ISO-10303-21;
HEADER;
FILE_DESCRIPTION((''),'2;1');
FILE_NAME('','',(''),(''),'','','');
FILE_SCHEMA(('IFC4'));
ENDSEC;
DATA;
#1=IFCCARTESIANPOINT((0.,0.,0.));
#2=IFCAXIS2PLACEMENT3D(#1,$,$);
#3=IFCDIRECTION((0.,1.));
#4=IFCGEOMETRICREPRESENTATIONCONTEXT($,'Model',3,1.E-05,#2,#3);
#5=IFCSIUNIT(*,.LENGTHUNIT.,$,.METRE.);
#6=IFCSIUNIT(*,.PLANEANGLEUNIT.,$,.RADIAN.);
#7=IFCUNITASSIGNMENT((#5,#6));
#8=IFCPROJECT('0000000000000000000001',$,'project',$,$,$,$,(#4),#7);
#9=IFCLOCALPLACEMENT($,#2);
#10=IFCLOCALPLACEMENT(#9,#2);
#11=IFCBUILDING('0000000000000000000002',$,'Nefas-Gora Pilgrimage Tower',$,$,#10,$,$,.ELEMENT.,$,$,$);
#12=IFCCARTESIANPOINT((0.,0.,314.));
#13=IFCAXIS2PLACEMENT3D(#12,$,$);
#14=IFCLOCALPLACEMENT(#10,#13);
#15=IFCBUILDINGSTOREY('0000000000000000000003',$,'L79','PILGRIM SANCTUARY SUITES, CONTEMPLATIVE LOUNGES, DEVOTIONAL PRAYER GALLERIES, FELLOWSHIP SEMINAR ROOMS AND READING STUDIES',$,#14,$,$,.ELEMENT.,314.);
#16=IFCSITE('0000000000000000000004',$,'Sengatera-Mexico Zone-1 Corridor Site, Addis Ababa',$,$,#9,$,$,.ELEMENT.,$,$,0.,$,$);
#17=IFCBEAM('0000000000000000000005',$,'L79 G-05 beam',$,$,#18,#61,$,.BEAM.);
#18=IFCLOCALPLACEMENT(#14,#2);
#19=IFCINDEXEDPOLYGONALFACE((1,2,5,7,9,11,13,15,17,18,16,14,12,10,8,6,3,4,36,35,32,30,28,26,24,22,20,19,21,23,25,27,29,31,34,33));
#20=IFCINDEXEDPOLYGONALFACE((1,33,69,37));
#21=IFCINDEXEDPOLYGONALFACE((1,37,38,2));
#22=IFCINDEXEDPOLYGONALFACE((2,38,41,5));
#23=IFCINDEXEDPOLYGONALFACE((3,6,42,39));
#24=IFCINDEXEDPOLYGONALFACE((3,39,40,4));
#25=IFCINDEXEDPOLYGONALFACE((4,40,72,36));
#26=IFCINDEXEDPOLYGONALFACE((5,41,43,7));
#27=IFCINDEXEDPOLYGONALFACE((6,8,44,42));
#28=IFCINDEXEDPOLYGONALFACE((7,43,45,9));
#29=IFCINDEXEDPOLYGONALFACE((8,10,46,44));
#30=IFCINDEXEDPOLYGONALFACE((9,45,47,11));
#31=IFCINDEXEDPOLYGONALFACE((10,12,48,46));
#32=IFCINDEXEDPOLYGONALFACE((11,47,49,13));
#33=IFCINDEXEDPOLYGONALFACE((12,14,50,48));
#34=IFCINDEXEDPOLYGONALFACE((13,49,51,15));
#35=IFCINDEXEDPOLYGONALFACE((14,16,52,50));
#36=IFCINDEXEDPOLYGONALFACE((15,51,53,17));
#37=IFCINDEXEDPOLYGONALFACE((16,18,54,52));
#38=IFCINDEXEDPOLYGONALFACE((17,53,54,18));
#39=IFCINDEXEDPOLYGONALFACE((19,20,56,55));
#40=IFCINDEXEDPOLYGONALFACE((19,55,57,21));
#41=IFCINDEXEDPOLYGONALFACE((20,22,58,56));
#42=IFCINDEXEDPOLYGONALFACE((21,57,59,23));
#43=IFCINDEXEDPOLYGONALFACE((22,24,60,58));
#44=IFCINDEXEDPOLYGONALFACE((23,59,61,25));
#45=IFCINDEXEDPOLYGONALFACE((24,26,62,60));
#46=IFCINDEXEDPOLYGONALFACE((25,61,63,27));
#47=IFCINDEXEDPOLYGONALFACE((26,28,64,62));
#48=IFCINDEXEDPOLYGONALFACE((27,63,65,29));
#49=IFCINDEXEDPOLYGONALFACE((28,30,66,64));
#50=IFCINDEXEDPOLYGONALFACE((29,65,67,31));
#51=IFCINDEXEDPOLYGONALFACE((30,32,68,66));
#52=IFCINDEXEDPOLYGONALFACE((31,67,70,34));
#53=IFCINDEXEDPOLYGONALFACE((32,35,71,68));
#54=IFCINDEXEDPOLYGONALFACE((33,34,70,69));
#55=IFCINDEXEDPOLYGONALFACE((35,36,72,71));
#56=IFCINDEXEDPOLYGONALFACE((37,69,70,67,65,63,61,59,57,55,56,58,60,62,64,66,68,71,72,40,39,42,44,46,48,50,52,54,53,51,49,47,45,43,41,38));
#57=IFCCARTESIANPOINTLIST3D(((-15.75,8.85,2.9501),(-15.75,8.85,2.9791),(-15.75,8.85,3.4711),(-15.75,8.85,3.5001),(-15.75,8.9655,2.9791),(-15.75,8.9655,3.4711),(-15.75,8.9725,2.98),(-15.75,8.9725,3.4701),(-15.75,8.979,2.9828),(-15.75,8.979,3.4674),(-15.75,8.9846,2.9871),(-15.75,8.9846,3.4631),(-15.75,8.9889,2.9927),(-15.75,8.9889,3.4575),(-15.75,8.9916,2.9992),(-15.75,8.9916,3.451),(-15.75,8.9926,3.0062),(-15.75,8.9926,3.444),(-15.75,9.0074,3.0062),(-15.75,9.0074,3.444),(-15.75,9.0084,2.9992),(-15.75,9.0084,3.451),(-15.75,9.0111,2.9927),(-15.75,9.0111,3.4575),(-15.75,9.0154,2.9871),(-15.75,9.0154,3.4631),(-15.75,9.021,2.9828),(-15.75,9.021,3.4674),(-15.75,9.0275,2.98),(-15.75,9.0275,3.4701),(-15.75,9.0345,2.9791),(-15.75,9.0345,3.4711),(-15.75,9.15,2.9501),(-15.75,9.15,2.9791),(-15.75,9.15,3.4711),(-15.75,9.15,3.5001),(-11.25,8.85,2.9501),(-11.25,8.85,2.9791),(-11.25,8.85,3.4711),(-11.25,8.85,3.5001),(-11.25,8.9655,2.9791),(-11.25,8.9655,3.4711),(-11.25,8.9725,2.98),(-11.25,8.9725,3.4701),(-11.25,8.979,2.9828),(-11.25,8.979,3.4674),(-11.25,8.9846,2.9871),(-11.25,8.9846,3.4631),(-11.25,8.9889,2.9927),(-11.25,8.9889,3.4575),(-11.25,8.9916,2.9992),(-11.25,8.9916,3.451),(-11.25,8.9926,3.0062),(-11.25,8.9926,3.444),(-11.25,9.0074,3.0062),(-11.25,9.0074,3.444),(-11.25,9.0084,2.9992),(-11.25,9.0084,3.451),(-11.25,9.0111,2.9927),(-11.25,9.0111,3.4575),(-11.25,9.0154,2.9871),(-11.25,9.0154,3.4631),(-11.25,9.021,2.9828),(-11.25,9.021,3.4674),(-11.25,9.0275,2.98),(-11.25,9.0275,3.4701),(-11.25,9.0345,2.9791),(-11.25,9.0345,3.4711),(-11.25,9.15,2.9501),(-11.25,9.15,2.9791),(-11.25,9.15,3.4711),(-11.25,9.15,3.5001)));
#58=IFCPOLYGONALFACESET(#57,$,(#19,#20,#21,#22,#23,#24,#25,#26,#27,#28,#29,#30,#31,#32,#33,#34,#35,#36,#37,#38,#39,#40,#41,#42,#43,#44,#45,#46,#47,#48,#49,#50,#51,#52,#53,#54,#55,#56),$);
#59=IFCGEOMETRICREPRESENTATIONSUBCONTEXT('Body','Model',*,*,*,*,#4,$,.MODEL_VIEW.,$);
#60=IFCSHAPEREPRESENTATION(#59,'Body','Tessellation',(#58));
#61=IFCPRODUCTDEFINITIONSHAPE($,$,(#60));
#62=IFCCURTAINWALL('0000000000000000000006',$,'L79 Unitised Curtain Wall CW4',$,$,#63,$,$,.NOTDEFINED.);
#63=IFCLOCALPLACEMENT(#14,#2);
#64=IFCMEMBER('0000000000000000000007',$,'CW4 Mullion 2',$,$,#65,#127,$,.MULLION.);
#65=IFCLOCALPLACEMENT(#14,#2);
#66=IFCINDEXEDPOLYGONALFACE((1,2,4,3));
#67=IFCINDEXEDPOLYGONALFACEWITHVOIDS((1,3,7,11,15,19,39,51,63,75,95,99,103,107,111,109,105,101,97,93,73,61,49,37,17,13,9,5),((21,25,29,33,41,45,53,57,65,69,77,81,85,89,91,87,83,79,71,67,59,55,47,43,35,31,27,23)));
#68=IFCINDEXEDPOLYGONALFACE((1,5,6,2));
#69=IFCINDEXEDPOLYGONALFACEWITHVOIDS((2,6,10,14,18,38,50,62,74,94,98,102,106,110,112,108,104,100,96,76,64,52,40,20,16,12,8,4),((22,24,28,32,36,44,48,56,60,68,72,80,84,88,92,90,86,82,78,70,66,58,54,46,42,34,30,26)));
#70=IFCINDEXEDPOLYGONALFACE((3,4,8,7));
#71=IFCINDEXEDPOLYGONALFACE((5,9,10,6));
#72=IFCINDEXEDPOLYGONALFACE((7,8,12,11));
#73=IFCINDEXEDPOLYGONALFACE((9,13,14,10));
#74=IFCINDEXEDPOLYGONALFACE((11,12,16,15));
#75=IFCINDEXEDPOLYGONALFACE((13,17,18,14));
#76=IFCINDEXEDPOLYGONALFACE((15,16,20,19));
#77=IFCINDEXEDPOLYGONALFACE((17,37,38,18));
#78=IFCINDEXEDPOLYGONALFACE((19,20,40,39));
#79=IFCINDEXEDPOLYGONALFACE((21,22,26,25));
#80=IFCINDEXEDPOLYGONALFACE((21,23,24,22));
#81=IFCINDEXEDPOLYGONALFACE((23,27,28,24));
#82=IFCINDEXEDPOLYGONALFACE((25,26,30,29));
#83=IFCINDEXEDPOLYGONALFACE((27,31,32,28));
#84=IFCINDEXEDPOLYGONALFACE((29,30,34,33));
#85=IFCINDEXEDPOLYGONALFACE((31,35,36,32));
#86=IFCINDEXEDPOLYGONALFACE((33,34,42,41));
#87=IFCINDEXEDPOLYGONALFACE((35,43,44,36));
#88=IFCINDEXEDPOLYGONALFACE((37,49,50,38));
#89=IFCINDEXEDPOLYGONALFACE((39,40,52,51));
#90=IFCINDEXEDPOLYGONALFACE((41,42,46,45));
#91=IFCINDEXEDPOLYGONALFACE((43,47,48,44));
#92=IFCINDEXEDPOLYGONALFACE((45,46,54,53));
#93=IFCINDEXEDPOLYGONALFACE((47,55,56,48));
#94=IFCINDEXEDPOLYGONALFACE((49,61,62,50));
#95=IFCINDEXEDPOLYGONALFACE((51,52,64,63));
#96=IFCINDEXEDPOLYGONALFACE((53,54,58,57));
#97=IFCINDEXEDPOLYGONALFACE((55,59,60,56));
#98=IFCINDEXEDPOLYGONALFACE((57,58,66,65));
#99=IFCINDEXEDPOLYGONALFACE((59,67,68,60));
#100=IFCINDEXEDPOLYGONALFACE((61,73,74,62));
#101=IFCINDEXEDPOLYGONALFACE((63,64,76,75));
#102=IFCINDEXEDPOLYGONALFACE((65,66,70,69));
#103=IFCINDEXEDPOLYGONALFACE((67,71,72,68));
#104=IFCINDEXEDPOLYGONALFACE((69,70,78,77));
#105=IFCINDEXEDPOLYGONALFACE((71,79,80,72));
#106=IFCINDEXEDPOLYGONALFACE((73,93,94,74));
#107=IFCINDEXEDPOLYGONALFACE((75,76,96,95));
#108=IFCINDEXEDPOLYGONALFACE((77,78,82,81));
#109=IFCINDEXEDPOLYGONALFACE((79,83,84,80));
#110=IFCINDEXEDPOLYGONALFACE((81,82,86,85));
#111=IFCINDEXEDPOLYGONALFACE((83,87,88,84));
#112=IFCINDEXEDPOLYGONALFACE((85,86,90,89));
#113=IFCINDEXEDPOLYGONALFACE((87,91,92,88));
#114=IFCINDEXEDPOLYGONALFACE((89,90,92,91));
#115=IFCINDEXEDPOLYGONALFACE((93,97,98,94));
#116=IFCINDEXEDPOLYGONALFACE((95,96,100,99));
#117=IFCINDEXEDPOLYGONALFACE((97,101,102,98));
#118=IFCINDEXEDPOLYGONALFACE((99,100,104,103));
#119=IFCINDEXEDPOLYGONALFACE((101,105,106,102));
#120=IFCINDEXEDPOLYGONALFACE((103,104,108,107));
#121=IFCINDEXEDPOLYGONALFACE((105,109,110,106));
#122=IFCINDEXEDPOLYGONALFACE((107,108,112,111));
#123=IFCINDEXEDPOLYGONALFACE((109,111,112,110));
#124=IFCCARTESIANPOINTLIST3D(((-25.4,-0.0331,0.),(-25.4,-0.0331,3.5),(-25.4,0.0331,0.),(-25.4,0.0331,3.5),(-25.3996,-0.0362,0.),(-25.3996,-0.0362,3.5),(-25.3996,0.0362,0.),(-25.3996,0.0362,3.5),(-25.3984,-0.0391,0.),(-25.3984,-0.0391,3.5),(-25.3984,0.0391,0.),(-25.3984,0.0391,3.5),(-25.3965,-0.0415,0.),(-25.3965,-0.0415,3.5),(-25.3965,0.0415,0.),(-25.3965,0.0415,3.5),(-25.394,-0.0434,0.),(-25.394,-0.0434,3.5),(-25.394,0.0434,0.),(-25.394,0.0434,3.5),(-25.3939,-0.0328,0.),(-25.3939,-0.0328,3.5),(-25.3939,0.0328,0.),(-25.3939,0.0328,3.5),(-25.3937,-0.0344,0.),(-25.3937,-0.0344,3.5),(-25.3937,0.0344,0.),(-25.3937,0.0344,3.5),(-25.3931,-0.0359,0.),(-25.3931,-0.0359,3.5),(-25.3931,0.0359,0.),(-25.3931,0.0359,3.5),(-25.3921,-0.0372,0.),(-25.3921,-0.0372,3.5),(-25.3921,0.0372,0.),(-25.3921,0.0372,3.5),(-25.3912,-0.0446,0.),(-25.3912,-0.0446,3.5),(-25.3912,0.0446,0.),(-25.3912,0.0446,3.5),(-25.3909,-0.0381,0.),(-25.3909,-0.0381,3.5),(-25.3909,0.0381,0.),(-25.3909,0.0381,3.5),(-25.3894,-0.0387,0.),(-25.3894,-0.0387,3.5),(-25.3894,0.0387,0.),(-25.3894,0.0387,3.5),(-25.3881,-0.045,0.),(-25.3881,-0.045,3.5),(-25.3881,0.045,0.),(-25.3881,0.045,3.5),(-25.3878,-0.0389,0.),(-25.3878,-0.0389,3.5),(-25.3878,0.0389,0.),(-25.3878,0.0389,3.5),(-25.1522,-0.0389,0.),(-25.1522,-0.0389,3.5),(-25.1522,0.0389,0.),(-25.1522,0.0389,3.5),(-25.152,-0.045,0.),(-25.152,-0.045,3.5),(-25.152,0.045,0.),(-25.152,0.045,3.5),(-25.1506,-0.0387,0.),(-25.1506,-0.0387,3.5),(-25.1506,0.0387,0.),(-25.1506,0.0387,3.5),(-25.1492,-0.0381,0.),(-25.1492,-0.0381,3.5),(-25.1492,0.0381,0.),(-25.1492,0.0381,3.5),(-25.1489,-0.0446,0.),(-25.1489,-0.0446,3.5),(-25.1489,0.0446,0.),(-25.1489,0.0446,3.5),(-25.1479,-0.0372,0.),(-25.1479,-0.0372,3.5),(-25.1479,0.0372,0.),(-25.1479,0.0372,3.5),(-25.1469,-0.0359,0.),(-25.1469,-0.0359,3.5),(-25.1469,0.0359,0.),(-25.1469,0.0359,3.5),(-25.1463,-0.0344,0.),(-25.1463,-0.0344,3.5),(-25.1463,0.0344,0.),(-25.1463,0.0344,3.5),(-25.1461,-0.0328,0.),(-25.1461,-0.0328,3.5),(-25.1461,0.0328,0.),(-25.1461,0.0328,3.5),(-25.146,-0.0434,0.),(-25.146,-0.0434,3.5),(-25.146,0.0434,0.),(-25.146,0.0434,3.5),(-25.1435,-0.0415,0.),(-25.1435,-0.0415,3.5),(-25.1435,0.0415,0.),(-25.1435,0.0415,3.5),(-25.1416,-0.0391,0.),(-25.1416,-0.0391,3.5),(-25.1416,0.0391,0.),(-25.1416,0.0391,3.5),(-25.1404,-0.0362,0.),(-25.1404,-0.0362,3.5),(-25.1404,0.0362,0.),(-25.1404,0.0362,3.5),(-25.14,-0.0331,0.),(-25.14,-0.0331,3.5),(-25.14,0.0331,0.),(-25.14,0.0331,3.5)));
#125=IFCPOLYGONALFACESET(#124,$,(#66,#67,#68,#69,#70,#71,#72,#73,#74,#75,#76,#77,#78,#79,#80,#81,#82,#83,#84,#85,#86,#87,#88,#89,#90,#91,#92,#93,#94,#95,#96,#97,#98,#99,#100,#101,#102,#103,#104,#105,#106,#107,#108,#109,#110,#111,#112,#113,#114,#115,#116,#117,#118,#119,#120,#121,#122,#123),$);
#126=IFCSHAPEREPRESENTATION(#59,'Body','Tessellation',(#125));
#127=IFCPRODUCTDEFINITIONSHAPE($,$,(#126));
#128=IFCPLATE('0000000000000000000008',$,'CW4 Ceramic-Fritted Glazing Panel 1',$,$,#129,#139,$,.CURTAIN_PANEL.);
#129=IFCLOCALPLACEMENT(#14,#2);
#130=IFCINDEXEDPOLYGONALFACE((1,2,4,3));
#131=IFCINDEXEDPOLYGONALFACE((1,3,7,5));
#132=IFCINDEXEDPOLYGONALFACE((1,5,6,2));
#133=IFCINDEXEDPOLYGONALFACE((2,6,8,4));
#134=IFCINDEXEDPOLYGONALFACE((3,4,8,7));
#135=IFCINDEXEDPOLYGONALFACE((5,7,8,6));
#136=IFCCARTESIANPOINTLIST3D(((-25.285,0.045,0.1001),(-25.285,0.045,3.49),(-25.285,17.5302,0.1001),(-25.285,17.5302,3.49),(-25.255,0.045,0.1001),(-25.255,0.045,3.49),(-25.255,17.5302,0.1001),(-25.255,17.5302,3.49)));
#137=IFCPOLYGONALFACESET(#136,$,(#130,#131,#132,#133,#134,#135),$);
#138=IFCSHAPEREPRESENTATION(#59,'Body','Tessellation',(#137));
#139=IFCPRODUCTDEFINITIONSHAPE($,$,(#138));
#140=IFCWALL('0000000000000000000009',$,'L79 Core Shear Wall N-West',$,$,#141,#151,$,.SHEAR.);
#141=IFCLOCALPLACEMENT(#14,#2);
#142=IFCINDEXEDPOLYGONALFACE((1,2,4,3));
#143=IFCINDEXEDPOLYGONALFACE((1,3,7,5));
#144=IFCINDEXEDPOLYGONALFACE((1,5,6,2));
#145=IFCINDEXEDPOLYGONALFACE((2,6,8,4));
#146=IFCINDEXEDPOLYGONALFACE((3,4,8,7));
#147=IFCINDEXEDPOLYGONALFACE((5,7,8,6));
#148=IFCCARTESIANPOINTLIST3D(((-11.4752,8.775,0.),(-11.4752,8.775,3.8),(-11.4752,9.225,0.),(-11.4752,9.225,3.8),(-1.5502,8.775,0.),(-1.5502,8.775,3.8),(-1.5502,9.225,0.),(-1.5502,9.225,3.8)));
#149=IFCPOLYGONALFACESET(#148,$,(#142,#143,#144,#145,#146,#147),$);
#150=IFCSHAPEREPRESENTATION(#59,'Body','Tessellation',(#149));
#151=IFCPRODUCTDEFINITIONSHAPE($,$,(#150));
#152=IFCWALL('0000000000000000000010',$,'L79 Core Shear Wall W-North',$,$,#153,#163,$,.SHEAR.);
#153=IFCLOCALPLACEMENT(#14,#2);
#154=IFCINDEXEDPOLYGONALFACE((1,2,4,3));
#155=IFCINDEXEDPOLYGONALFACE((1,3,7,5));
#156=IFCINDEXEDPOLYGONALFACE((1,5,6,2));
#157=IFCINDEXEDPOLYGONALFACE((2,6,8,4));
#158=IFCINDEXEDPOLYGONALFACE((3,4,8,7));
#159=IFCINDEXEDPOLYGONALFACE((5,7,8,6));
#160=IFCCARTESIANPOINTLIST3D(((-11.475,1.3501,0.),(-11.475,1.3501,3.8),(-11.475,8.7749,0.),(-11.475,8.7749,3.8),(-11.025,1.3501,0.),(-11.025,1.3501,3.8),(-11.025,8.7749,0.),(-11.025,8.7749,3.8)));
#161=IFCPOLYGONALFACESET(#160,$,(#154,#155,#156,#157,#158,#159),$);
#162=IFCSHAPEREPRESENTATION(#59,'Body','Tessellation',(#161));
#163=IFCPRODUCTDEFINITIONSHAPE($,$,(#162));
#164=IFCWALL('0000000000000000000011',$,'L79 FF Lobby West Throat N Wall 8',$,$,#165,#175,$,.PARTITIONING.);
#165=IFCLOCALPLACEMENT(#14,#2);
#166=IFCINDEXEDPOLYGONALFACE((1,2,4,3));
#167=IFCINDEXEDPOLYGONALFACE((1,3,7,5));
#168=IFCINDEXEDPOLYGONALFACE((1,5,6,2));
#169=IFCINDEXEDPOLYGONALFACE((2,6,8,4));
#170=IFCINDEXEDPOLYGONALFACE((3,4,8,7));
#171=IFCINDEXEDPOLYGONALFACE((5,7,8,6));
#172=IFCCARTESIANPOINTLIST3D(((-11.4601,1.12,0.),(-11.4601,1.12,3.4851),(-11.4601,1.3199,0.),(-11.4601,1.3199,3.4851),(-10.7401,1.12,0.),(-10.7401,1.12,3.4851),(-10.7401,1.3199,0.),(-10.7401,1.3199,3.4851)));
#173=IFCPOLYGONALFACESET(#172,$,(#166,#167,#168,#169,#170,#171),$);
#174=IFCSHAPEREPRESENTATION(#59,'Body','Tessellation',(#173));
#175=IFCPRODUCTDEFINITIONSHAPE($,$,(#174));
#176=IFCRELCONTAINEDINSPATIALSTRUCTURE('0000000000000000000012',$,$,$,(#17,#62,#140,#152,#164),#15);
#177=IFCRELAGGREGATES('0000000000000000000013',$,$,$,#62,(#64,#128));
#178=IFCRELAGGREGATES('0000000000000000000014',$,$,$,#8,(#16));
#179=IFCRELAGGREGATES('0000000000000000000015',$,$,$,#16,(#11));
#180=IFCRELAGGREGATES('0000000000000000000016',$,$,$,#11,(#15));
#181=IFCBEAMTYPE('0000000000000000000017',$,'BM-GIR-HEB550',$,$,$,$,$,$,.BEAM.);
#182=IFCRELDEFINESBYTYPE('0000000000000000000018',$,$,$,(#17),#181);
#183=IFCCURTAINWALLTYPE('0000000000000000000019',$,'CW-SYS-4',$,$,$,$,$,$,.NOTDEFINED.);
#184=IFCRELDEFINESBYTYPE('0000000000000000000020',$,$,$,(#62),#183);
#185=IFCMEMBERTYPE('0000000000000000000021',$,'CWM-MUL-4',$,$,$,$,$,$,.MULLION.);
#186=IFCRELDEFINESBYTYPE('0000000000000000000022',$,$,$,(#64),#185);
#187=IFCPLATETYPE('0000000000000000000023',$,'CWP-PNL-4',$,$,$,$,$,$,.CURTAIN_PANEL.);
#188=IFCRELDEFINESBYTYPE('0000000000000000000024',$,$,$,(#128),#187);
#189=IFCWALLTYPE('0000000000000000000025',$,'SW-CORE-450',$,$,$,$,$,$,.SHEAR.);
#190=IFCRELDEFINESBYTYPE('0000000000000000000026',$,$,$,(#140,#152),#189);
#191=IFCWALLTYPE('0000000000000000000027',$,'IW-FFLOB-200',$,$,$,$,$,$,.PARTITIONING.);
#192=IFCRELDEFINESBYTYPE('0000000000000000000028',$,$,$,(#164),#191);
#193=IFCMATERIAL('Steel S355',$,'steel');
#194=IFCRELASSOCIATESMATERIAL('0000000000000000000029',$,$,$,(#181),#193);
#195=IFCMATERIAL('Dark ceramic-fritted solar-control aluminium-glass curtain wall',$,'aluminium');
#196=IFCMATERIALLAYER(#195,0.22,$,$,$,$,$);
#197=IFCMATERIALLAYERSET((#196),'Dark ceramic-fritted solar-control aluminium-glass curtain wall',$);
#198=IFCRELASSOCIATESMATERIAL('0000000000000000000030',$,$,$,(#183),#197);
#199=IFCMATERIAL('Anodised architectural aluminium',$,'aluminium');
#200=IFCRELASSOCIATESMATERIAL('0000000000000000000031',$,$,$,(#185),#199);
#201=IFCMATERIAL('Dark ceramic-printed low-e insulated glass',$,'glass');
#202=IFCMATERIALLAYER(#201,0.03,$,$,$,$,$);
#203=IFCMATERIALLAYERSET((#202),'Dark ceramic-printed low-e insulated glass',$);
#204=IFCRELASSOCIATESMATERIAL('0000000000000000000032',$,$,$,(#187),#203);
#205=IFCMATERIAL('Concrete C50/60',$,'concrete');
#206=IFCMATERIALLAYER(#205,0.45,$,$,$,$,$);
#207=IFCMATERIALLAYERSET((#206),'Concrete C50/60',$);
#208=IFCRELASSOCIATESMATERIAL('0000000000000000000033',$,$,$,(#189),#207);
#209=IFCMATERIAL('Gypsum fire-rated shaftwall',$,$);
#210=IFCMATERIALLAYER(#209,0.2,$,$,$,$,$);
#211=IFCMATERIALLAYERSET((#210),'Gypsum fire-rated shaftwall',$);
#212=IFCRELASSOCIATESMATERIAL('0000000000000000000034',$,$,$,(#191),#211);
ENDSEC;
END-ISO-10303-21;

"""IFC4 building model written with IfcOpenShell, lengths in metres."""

from ifc_helpers import new_model, si_unit, direction, frame, frame_2d, origin, origin_2d, place, context, subcontext, project, spatial, rectangle, hollow_rectangle, i_section, extrude, source, transform, mapped, material, layer, layer_set, material_profile, profile_set, type_object, element, aggregate, save


model = new_model("IFC4")

# Units and contexts
model_context = context("Model", 3, precision=1e-05, world=origin(), true_north=direction((0.0, 1.0)))
body_context = subcontext(model_context, "Body", "Model", "MODEL_VIEW")
ifc_project = project(units=[si_unit("LENGTHUNIT", "METRE"), si_unit("PLANEANGLEUNIT", "RADIAN")], contexts=[model_context])

# Site, building, storey
site_placement = place(None, origin())
site = spatial("IfcSite", under=ifc_project, at=site_placement, Name="Sengatera-Mexico Zone-1 Corridor Site, Addis Ababa", CompositionType="ELEMENT", RefElevation=0.0)
building_placement = place(site_placement, origin())
building = spatial("IfcBuilding", under=site, at=building_placement, Name="Nefas-Gora Pilgrimage Tower", CompositionType="ELEMENT")
storey_placement = place(building_placement, frame((0.0, 0.0, 314.0)))
storey = spatial("IfcBuildingStorey", under=building, at=storey_placement, Name="L79", Description="PILGRIM SANCTUARY SUITES, CONTEMPLATIVE LOUNGES, DEVOTIONAL PRAYER GALLERIES, FELLOWSHIP SEMINAR ROOMS AND READING STUDIES", CompositionType="ELEMENT", Elevation=314.0)

# Shared definitions
ifc_material_1 = material(Name="Steel S355", Category="steel")

# Beam
ifc_material_profile_1 = material_profile(ifc_material_1, i_section(OverallWidth=0.3, OverallDepth=0.55, WebThickness=0.0149, FlangeThickness=0.0291, FilletRadius=0.0271, at=origin_2d()), Name="HEB 550")
ifc_profile_set_1 = profile_set([ifc_material_profile_1], Name="Steel S355")
beam_type_1 = type_object("IfcBeamType", Name="BM-GIR-HEB550", PredefinedType="BEAM", material=ifc_profile_set_1)
shared_shape_1 = source(origin(), body_context, "Body", "SweptSolid", [
    extrude(i_section(OverallWidth=0.3, OverallDepth=0.55, WebThickness=0.0149, FlangeThickness=0.0291, FilletRadius=0.0271, at=origin_2d()), origin(), (0.0, 0.0, 1.0), 4.5),
])
for number, where, z_axis, x_axis, name in (
    (1, (-15.75, 9.0, 3.2251), (1.0, 0.0, 0.0), (0.0, 1.0, 0.0), "L79 G-05 beam"),
):
    element("IfcBeam", number, at=place(storey_placement, frame(where, z_axis=z_axis, x_axis=x_axis)), inside=storey, type_object=beam_type_1, Name=name, PredefinedType="BEAM", context=body_context, shape_type="MappedRepresentation", body=[
        mapped(shared_shape_1, transform((0.0, 0.0, 0.0), x_axis=(1.0, 0.0, 0.0), y_axis=(0.0, 1.0, 0.0), z_axis=(0.0, 0.0, 1.0), scale=1.0)),
    ])

# Curtain wall, member, plate
ifc_material_2 = material(Name="Dark ceramic-fritted solar-control aluminium-glass curtain wall", Category="aluminium")
ifc_layer_1 = layer(ifc_material_2, 0.22)
ifc_layer_set_1 = layer_set([ifc_layer_1], Name="Dark ceramic-fritted solar-control aluminium-glass curtain wall")
curtain_wall_type = type_object("IfcCurtainWallType", Name="CW-SYS-4", PredefinedType="NOTDEFINED", material=ifc_layer_set_1)
curtain_wall_placement = place(storey_placement, origin())
curtain_wall = element("IfcCurtainWall", 2, at=curtain_wall_placement, inside=storey, type_object=curtain_wall_type, Name="L79 Unitised Curtain Wall CW4", PredefinedType="NOTDEFINED")
ifc_material_3 = material(Name="Anodised architectural aluminium", Category="aluminium")
ifc_material_profile_2 = material_profile(ifc_material_3, hollow_rectangle(XDim=0.0901, YDim=0.26, WallThickness=0.0061, InnerFilletRadius=0.0061, OuterFilletRadius=0.012, at=origin_2d()), Name="ALU MULLION 90x260")
ifc_profile_set_2 = profile_set([ifc_material_profile_2], Name="Anodised architectural aluminium")
member_type = type_object("IfcMemberType", Name="CWM-MUL-4", PredefinedType="MULLION", material=ifc_profile_set_2)
shared_shape_2 = source(origin(), body_context, "Body", "SweptSolid", [
    extrude(hollow_rectangle(XDim=0.0901, YDim=0.26, WallThickness=0.0061, InnerFilletRadius=0.0061, OuterFilletRadius=0.012, at=origin_2d()), origin(), (0.0, 0.0, 1.0), 3.5),
])
member_placement = place(storey_placement, frame((-25.27, 0.0, 0.0), z_axis=(0.0, 0.0, 1.0), x_axis=(0.0, -1.0, 0.0)))
member = element("IfcMember", 3, at=member_placement, type_object=member_type, Name="CW4 Mullion 2", PredefinedType="MULLION", context=body_context, shape_type="MappedRepresentation", body=[
    mapped(shared_shape_2, transform((0.0, 0.0, 0.0), x_axis=(1.0, 0.0, 0.0), y_axis=(0.0, 1.0, 0.0), z_axis=(0.0, 0.0, 1.0), scale=1.0)),
])
ifc_material_4 = material(Name="Dark ceramic-printed low-e insulated glass", Category="glass")
ifc_layer_2 = layer(ifc_material_4, 0.03)
ifc_layer_set_2 = layer_set([ifc_layer_2], Name="Dark ceramic-printed low-e insulated glass")
plate_type = type_object("IfcPlateType", Name="CWP-PNL-4", PredefinedType="CURTAIN_PANEL", material=ifc_layer_set_2)
shared_shape_3 = source(origin(), body_context, "Body", "SweptSolid", [
    extrude(rectangle(XDim=17.4851, YDim=0.03, at=origin_2d()), origin(), (0.0, 0.0, 1.0), 3.3899),
])
plate_placement = place(storey_placement, frame((-25.27, 8.7876, 0.1001), z_axis=(0.0, 0.0, 1.0), x_axis=(0.0, -1.0, 0.0)))
plate = element("IfcPlate", 4, at=plate_placement, type_object=plate_type, Name="CW4 Ceramic-Fritted Glazing Panel 1", PredefinedType="CURTAIN_PANEL", context=body_context, shape_type="MappedRepresentation", body=[
    mapped(shared_shape_3, transform((0.0, 0.0, 0.0), x_axis=(1.0, 0.0, 0.0), y_axis=(0.0, 1.0, 0.0), z_axis=(0.0, 0.0, 1.0), scale=1.0)),
])
aggregate(curtain_wall, [member, plate])

# Walls
ifc_material_5 = material(Name="Concrete C50/60", Category="concrete")
ifc_layer_3 = layer(ifc_material_5, 0.45)
ifc_layer_set_3 = layer_set([ifc_layer_3], Name="Concrete C50/60")
wall_type_1 = type_object("IfcWallType", Name="SW-CORE-450", PredefinedType="SHEAR", material=ifc_layer_set_3)
shared_shape_4 = source(origin(), body_context, "Body", "SweptSolid", [
    extrude(rectangle(XDim=9.925, YDim=0.45, at=frame_2d((4.9624, 0.0))), origin(), (0.0, 0.0, 1.0), 3.8),
])
wall_1_placement = place(storey_placement, frame((-11.4751, 9.0, 0.0), z_axis=(0.0, 0.0, 1.0), x_axis=(1.0, 0.0, 0.0)))
element("IfcWall", 5, at=wall_1_placement, inside=storey, type_object=wall_type_1, Name="L79 Core Shear Wall N-West", PredefinedType="SHEAR", context=body_context, shape_type="MappedRepresentation", body=[
    mapped(shared_shape_4, transform((0.0, 0.0, 0.0), x_axis=(1.0, 0.0, 0.0), y_axis=(0.0, 1.0, 0.0), z_axis=(0.0, 0.0, 1.0), scale=1.0)),
])
shared_shape_5 = source(origin(), body_context, "Body", "SweptSolid", [
    extrude(rectangle(XDim=7.4248, YDim=0.45, at=frame_2d((3.7124, 0.0))), origin(), (0.0, 0.0, 1.0), 3.8),
])
wall_2_placement = place(storey_placement, frame((-11.25, 1.3501, 0.0), z_axis=(0.0, 0.0, 1.0), x_axis=(0.0, 1.0, 0.0)))
element("IfcWall", 6, at=wall_2_placement, inside=storey, type_object=wall_type_1, Name="L79 Core Shear Wall W-North", PredefinedType="SHEAR", context=body_context, shape_type="MappedRepresentation", body=[
    mapped(shared_shape_5, transform((0.0, 0.0, 0.0), x_axis=(1.0, 0.0, 0.0), y_axis=(0.0, 1.0, 0.0), z_axis=(0.0, 0.0, 1.0), scale=1.0)),
])
ifc_material_6 = material(Name="Gypsum fire-rated shaftwall")
ifc_layer_4 = layer(ifc_material_6, 0.2)
ifc_layer_set_4 = layer_set([ifc_layer_4], Name="Gypsum fire-rated shaftwall")
wall_type_2 = type_object("IfcWallType", Name="IW-FFLOB-200", PredefinedType="PARTITIONING", material=ifc_layer_set_4)
shared_shape_6 = source(origin(), body_context, "Body", "SweptSolid", [
    extrude(rectangle(XDim=0.72, YDim=0.2, at=frame_2d((0.3599, 0.0))), origin(), (0.0, 0.0, 1.0), 3.4851),
])
wall_3_placement = place(storey_placement, frame((-11.46, 1.22, 0.0), z_axis=(0.0, 0.0, 1.0), x_axis=(1.0, 0.0, 0.0)))
element("IfcWall", 7, at=wall_3_placement, inside=storey, type_object=wall_type_2, Name="L79 FF Lobby West Throat N Wall 8", PredefinedType="PARTITIONING", context=body_context, shape_type="MappedRepresentation", body=[
    mapped(shared_shape_6, transform((0.0, 0.0, 0.0), x_axis=(1.0, 0.0, 0.0), y_axis=(0.0, 1.0, 0.0), z_axis=(0.0, 0.0, 1.0), scale=1.0)),
])

save(model, "model.ifc")
